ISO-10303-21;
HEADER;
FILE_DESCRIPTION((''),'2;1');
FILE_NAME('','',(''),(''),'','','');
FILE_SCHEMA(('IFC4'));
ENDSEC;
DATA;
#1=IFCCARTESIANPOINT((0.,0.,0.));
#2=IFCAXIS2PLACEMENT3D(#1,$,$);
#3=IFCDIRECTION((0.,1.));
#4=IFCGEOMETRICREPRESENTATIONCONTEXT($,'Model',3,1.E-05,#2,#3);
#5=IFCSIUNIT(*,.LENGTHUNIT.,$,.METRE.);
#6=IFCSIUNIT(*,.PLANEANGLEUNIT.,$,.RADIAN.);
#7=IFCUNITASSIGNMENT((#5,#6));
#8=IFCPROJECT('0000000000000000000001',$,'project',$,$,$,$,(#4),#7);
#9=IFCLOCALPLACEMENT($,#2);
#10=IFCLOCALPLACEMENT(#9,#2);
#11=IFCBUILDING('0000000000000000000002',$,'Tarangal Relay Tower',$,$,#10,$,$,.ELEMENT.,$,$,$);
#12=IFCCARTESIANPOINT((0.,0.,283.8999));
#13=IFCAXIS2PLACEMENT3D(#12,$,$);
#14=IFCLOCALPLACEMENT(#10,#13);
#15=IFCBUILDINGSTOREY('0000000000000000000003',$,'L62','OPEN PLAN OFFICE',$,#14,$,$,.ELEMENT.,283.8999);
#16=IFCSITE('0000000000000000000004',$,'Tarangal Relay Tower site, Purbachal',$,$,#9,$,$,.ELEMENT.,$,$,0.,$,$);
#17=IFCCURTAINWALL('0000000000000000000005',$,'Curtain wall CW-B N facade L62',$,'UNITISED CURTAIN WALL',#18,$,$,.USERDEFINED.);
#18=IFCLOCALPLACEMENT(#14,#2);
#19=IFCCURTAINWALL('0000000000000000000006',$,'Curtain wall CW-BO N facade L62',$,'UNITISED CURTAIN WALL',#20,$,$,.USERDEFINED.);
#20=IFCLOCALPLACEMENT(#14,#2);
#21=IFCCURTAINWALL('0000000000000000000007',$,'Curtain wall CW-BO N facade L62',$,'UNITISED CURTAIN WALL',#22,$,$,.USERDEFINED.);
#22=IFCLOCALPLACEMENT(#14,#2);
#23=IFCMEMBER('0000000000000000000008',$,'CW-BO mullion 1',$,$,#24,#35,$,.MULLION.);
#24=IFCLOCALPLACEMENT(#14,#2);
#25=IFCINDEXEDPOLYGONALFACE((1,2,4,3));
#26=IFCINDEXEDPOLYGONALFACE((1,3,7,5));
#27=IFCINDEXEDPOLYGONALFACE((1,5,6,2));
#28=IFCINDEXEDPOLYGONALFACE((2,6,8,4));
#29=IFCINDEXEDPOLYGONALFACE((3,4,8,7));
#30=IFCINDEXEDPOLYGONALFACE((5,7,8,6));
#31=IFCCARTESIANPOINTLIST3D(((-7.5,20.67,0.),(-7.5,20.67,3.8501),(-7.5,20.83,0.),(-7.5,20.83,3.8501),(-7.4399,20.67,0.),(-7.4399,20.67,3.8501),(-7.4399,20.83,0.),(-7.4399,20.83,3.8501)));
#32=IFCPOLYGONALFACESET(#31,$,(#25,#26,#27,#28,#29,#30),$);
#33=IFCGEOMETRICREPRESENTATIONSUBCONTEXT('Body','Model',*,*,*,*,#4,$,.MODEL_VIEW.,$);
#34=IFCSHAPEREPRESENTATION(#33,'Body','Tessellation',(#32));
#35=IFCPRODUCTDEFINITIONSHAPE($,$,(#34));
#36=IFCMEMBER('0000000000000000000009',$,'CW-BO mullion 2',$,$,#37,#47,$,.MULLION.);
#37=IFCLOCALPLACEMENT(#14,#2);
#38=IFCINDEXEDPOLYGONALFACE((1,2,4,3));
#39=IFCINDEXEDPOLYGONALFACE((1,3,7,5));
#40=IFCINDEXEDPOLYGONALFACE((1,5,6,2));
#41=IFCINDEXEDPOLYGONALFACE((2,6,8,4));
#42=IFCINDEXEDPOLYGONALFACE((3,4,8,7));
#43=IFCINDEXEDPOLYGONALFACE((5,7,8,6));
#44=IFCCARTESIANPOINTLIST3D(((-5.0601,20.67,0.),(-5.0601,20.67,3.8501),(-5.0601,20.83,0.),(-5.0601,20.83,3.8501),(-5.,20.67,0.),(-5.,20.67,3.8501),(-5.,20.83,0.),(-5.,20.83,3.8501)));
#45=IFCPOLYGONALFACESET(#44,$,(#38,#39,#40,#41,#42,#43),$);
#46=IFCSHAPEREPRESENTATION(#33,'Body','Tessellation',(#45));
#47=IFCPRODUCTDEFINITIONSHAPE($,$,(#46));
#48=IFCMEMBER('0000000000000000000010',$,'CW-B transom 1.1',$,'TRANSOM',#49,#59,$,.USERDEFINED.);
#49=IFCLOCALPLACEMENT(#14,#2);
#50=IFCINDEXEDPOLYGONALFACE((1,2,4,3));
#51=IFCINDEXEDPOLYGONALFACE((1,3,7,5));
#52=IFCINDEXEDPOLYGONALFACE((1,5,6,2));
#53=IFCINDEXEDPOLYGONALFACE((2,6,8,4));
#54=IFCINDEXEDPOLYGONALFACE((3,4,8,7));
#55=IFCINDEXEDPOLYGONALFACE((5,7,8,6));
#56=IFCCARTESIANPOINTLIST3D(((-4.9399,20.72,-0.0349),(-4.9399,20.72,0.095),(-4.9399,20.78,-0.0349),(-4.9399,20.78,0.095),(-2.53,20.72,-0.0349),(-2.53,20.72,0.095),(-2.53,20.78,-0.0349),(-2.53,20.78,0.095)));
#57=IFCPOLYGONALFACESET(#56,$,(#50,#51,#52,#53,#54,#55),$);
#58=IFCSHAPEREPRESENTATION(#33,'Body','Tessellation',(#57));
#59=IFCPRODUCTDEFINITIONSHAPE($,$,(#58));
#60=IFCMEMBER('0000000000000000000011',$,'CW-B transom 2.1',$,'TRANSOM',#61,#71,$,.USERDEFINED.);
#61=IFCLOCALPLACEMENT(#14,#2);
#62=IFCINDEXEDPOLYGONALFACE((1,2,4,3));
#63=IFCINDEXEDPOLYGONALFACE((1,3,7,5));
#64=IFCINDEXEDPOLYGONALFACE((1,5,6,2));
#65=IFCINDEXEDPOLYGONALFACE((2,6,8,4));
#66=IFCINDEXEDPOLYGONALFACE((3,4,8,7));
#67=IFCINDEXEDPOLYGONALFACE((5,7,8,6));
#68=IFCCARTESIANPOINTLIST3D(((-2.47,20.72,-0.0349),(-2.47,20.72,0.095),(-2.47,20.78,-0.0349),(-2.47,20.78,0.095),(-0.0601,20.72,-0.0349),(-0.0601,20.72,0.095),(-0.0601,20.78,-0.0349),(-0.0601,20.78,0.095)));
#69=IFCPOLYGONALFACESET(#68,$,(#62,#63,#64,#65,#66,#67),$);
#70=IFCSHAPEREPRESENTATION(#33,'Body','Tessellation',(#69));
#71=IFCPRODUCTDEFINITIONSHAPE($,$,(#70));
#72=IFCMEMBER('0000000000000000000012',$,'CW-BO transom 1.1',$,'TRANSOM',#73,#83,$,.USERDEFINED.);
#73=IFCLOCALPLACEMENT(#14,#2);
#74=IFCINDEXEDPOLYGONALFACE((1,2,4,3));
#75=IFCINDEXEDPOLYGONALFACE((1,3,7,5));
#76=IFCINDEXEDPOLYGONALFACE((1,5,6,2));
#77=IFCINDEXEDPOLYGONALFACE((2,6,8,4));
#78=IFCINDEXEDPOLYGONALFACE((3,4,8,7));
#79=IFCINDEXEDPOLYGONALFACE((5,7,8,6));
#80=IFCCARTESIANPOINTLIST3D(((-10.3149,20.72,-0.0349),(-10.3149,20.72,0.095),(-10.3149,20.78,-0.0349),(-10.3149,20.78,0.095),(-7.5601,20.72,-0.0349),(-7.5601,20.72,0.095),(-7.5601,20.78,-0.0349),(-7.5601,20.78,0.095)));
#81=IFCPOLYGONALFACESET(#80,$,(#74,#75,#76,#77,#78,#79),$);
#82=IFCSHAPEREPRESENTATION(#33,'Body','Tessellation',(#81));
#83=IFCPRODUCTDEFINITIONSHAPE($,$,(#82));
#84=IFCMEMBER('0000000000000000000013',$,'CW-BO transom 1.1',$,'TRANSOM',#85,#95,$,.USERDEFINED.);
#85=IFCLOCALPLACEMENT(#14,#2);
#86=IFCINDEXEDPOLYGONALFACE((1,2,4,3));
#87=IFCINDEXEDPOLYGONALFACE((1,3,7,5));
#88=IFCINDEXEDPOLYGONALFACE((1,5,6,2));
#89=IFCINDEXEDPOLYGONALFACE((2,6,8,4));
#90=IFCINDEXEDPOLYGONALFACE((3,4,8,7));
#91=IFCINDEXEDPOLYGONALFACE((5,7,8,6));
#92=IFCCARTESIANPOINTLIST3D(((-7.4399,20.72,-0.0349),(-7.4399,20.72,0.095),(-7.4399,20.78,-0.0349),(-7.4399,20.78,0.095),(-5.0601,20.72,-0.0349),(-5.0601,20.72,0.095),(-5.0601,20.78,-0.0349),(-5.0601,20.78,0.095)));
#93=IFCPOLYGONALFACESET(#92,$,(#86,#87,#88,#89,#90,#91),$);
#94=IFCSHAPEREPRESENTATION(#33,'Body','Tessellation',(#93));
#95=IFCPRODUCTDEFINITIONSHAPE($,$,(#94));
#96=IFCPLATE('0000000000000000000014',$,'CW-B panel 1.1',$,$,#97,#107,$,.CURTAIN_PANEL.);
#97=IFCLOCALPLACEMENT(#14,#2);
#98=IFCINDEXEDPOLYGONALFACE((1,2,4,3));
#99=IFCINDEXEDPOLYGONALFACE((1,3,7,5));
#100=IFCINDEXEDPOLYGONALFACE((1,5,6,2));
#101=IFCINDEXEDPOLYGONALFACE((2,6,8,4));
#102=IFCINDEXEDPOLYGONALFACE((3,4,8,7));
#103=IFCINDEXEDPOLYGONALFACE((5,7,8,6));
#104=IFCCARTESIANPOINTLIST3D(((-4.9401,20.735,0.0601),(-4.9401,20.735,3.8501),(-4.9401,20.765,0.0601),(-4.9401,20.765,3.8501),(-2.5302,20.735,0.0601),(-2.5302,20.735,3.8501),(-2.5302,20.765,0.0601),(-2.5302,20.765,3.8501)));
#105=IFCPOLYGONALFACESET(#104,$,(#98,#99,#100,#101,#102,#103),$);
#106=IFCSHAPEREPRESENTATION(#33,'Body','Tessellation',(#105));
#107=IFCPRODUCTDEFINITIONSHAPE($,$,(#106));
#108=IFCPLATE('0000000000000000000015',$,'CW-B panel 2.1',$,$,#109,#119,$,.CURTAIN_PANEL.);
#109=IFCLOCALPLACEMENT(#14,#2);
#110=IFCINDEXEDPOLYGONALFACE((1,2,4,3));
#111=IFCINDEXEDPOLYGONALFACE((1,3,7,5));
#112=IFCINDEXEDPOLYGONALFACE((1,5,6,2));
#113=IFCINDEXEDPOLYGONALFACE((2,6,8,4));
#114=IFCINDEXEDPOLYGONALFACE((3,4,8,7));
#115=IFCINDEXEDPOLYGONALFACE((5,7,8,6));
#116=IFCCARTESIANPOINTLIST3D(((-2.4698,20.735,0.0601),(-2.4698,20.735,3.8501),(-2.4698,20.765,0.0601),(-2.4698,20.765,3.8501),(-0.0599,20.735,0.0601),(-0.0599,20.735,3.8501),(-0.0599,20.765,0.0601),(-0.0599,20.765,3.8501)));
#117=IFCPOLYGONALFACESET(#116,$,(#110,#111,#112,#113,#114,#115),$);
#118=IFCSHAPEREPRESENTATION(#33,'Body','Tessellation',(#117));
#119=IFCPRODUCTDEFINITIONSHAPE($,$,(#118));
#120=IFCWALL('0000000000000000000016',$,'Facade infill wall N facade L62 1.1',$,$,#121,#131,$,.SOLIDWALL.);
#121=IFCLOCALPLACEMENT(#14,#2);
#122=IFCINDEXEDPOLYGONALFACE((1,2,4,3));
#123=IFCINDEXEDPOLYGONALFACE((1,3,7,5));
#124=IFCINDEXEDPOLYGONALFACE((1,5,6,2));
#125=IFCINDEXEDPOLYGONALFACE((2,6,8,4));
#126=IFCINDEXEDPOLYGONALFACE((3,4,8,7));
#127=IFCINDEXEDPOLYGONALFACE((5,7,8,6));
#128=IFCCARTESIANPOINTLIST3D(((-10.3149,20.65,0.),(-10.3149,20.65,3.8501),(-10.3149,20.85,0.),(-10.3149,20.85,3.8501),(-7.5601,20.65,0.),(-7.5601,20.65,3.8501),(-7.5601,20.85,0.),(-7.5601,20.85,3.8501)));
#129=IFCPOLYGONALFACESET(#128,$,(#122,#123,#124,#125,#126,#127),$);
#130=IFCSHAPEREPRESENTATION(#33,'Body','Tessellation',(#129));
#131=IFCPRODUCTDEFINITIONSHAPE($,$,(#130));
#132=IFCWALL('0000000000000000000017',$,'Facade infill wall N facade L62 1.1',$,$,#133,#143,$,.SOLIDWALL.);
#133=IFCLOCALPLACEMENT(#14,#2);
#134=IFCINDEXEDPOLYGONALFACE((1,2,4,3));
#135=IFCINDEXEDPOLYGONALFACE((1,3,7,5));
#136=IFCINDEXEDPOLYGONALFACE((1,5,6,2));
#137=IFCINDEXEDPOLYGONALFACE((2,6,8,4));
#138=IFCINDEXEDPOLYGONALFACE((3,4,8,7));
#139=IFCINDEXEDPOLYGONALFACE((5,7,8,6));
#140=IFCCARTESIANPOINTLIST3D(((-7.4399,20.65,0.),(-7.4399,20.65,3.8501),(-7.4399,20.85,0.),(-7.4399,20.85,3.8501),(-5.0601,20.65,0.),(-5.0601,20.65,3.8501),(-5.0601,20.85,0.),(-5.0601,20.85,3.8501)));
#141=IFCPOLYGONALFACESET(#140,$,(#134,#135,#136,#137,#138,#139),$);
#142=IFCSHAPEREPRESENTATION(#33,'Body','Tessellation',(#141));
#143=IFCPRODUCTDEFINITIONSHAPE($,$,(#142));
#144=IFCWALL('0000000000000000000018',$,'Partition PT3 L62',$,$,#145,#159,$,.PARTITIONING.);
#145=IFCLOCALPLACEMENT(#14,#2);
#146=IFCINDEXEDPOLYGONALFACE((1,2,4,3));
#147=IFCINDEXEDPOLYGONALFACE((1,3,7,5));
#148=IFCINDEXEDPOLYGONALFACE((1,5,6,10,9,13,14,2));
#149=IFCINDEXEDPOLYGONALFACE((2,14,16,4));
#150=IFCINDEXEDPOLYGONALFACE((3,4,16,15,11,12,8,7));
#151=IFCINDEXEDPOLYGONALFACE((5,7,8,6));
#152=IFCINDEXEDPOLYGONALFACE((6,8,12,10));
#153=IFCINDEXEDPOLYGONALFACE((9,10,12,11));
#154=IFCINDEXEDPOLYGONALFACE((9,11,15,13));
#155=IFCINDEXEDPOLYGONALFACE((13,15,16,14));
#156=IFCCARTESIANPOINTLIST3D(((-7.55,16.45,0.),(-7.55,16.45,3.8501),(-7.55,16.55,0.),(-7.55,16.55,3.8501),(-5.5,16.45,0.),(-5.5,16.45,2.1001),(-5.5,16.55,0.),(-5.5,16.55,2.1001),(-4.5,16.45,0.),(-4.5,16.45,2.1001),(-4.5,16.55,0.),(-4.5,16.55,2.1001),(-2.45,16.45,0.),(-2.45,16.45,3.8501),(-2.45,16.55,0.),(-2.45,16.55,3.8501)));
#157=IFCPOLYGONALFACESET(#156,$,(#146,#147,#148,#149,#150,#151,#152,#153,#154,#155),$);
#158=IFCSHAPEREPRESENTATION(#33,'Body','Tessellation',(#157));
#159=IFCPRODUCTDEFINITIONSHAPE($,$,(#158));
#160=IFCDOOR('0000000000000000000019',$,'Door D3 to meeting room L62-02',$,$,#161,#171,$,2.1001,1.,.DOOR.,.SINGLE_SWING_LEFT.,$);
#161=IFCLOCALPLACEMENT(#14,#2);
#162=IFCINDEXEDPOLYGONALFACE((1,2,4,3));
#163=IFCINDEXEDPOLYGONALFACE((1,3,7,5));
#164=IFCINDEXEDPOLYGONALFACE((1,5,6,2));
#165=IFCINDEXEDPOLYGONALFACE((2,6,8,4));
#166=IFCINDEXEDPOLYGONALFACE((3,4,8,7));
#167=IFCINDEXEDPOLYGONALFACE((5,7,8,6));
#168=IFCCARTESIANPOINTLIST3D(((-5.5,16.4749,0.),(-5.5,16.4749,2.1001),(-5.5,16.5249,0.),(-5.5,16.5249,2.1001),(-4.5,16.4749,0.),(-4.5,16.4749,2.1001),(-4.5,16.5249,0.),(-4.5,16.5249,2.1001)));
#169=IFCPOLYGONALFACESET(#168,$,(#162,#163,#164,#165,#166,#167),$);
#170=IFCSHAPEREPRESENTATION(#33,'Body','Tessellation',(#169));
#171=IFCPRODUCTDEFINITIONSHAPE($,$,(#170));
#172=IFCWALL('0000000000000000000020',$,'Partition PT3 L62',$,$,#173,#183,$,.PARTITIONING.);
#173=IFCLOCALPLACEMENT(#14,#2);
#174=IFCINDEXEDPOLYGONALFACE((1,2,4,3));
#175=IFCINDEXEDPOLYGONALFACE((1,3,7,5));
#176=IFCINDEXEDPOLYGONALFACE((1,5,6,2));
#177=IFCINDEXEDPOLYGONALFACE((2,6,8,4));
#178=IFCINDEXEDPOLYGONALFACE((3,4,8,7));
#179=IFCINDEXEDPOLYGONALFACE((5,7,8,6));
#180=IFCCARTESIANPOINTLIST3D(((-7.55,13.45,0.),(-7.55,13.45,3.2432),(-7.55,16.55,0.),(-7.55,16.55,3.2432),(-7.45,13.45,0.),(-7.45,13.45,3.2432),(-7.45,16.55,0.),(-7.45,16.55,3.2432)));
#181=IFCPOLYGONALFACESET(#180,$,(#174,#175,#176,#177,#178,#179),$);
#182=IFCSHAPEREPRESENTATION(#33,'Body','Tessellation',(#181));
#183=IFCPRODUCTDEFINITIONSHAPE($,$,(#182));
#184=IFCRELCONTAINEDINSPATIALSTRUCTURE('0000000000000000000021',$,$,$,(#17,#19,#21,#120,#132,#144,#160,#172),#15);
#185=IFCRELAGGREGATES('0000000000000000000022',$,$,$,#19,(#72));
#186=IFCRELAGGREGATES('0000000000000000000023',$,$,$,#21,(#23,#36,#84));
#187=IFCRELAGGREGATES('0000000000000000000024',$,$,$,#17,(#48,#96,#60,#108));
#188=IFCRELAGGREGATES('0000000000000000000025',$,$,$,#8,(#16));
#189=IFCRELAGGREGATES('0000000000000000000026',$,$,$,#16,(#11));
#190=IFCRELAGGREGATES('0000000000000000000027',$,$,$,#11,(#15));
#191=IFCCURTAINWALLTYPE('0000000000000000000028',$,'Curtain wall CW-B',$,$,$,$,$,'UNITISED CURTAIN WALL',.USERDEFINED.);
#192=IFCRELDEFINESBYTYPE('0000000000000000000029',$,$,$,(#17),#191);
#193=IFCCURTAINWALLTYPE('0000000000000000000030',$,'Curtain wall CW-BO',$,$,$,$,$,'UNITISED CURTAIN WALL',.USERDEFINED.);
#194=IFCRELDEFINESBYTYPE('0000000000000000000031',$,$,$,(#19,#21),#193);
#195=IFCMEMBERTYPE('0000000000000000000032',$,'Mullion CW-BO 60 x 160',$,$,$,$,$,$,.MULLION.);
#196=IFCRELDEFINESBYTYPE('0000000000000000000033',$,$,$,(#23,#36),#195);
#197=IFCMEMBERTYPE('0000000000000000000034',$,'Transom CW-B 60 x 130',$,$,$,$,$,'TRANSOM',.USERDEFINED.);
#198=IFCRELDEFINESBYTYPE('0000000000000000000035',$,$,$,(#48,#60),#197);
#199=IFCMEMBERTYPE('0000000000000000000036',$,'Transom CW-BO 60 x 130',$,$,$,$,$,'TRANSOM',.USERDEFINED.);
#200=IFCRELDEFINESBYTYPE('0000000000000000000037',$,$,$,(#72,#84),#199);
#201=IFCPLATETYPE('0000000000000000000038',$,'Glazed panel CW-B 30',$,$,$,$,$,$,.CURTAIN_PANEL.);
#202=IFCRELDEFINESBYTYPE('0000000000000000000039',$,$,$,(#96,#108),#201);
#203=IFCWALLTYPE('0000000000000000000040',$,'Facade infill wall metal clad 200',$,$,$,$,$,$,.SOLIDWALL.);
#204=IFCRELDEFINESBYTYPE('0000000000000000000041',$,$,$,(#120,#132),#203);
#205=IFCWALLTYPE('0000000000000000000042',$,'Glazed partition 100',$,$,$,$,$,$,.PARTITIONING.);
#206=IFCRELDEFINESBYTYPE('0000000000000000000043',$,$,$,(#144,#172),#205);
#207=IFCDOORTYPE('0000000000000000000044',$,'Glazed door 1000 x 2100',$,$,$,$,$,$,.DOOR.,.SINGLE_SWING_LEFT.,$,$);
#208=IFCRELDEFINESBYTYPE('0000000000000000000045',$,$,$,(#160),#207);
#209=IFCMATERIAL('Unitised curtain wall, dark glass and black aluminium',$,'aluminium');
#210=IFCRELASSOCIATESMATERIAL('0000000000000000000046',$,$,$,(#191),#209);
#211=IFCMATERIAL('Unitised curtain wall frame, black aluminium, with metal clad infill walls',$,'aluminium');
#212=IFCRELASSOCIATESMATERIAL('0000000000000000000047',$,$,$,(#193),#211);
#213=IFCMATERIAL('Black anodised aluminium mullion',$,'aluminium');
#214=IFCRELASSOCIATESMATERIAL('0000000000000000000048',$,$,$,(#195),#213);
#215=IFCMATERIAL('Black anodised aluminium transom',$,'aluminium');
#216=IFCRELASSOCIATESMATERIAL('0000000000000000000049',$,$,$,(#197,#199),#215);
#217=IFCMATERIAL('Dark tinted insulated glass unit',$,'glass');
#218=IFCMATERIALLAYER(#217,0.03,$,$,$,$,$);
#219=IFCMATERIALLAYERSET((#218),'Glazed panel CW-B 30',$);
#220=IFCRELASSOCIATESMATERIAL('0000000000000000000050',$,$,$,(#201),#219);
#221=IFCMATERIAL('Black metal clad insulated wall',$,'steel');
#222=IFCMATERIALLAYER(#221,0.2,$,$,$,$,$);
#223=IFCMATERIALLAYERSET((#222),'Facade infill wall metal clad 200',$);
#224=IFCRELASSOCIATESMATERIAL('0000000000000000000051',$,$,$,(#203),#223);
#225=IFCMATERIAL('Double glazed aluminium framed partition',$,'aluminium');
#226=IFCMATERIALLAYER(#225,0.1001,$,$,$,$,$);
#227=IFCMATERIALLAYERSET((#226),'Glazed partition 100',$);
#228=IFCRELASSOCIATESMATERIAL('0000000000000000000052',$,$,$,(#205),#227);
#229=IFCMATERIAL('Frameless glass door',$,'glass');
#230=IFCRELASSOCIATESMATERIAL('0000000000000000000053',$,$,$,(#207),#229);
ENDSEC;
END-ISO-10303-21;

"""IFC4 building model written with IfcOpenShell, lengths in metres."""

from ifc_helpers import new_model, si_unit, direction, frame, frame_2d, origin, origin_2d, place, context, subcontext, project, spatial, rectangle, extrude, material, layer, layer_set, material_profile, profile_set, type_object, element, fill, aggregate, save


model = new_model("IFC4")

# Units and contexts
model_context = context("Model", 3, precision=1e-05, world=origin(), true_north=direction((0.0, 1.0)))
body_context = subcontext(model_context, "Body", "Model", "MODEL_VIEW")
ifc_project = project(units=[si_unit("LENGTHUNIT", "METRE"), si_unit("PLANEANGLEUNIT", "RADIAN")], contexts=[model_context])

# Site, building, storey
site_placement = place(None, origin())
site = spatial("IfcSite", under=ifc_project, at=site_placement, Name="Tarangal Relay Tower site, Purbachal", CompositionType="ELEMENT", RefElevation=0.0)
building_placement = place(site_placement, origin())
building = spatial("IfcBuilding", under=site, at=building_placement, Name="Tarangal Relay Tower", CompositionType="ELEMENT")
storey_placement = place(building_placement, frame((0.0, 0.0, 283.8999)))
storey = spatial("IfcBuildingStorey", under=building, at=storey_placement, Name="L62", Description="OPEN PLAN OFFICE", CompositionType="ELEMENT", Elevation=283.8999)

# Curtain walls, members
ifc_material_1 = material(Name="Unitised curtain wall, dark glass and black aluminium", Category="aluminium")
curtain_wall_type_1 = type_object("IfcCurtainWallType", Name="Curtain wall CW-B", ElementType="UNITISED CURTAIN WALL", PredefinedType="USERDEFINED", material=ifc_material_1)
curtain_wall_1_placement = place(storey_placement, origin())
curtain_wall_1 = element("IfcCurtainWall", 1, at=curtain_wall_1_placement, inside=storey, type_object=curtain_wall_type_1, Name="Curtain wall CW-B N facade L62", ObjectType="UNITISED CURTAIN WALL", PredefinedType="USERDEFINED")
ifc_material_2 = material(Name="Black anodised aluminium mullion", Category="aluminium")
ifc_material_3 = material(Name="Unitised curtain wall frame, black aluminium, with metal clad infill walls", Category="aluminium")
curtain_wall_type_2 = type_object("IfcCurtainWallType", Name="Curtain wall CW-BO", ElementType="UNITISED CURTAIN WALL", PredefinedType="USERDEFINED", material=ifc_material_3)
curtain_wall_2_placement = place(storey_placement, origin())
curtain_wall_2 = element("IfcCurtainWall", 2, at=curtain_wall_2_placement, inside=storey, type_object=curtain_wall_type_2, Name="Curtain wall CW-BO N facade L62", ObjectType="UNITISED CURTAIN WALL", PredefinedType="USERDEFINED")
ifc_material_profile_1 = material_profile(ifc_material_2, rectangle(XDim=0.1599, YDim=0.0601, at=origin_2d()), Name="CW-BOM 60X160")
ifc_profile_set_1 = profile_set([ifc_material_profile_1], Name="Black anodised aluminium mullion")
member_type_1 = type_object("IfcMemberType", Name="Mullion CW-BO 60 x 160", PredefinedType="MULLION", material=ifc_profile_set_1)
curtain_wall_3_placement = place(storey_placement, origin())
curtain_wall_3 = element("IfcCurtainWall", 3, at=curtain_wall_3_placement, inside=storey, type_object=curtain_wall_type_2, Name="Curtain wall CW-BO N facade L62", ObjectType="UNITISED CURTAIN WALL", PredefinedType="USERDEFINED")
member_1_placement = place(storey_placement, frame((-7.47, 20.75, 0.0), z_axis=(0.0, 0.0, 1.0), x_axis=(0.0, 1.0, 0.0)))
member_1 = element("IfcMember", 4, at=member_1_placement, type_object=member_type_1, Name="CW-BO mullion 1", PredefinedType="MULLION", context=body_context, shape_type="SweptSolid", body=[
    extrude(rectangle(XDim=0.1599, YDim=0.0601, at=origin_2d()), origin(), (0.0, 0.0, 1.0), 3.8501),
])
member_2_placement = place(storey_placement, frame((-5.03, 20.75, 0.0), z_axis=(0.0, 0.0, 1.0), x_axis=(0.0, 1.0, 0.0)))
member_2 = element("IfcMember", 5, at=member_2_placement, type_object=member_type_1, Name="CW-BO mullion 2", PredefinedType="MULLION", context=body_context, shape_type="SweptSolid", body=[
    extrude(rectangle(XDim=0.1599, YDim=0.0601, at=origin_2d()), origin(), (0.0, 0.0, 1.0), 3.8501),
])

# Members
ifc_material_4 = material(Name="Black anodised aluminium transom", Category="aluminium")
ifc_material_profile_2 = material_profile(ifc_material_4, rectangle(XDim=0.0601, YDim=0.1299, at=origin_2d()), Name="CW-BT 60X130")
ifc_profile_set_2 = profile_set([ifc_material_profile_2], Name="Black anodised aluminium transom")
member_type_2 = type_object("IfcMemberType", Name="Transom CW-B 60 x 130", ElementType="TRANSOM", PredefinedType="USERDEFINED", material=ifc_profile_set_2)
member_3_placement = place(storey_placement, frame((-4.9399, 20.75, 0.03), z_axis=(1.0, 0.0, 0.0), x_axis=(0.0, 1.0, 0.0)))
member_3 = element("IfcMember", 6, at=member_3_placement, type_object=member_type_2, Name="CW-B transom 1.1", ObjectType="TRANSOM", PredefinedType="USERDEFINED", context=body_context, shape_type="SweptSolid", body=[
    extrude(rectangle(XDim=0.0601, YDim=0.1299, at=origin_2d()), origin(), (0.0, 0.0, 1.0), 2.4099),
])
member_4_placement = place(storey_placement, frame((-2.47, 20.75, 0.03), z_axis=(1.0, 0.0, 0.0), x_axis=(0.0, 1.0, 0.0)))
member_4 = element("IfcMember", 7, at=member_4_placement, type_object=member_type_2, Name="CW-B transom 2.1", ObjectType="TRANSOM", PredefinedType="USERDEFINED", context=body_context, shape_type="SweptSolid", body=[
    extrude(rectangle(XDim=0.0601, YDim=0.1299, at=origin_2d()), origin(), (0.0, 0.0, 1.0), 2.4099),
])
ifc_material_profile_3 = material_profile(ifc_material_4, rectangle(XDim=0.0601, YDim=0.1299, at=origin_2d()), Name="CW-BOT 60X130")
ifc_profile_set_3 = profile_set([ifc_material_profile_3], Name="Black anodised aluminium transom")
member_type_3 = type_object("IfcMemberType", Name="Transom CW-BO 60 x 130", ElementType="TRANSOM", PredefinedType="USERDEFINED", material=ifc_profile_set_3)
member_5_placement = place(storey_placement, frame((-10.3149, 20.75, 0.03), z_axis=(1.0, 0.0, 0.0), x_axis=(0.0, 1.0, 0.0)))
member_5 = element("IfcMember", 8, at=member_5_placement, type_object=member_type_3, Name="CW-BO transom 1.1", ObjectType="TRANSOM", PredefinedType="USERDEFINED", context=body_context, shape_type="SweptSolid", body=[
    extrude(rectangle(XDim=0.0601, YDim=0.1299, at=origin_2d()), origin(), (0.0, 0.0, 1.0), 2.7549),
])
aggregate(curtain_wall_2, [member_5])
member_6_placement = place(storey_placement, frame((-7.4399, 20.75, 0.03), z_axis=(1.0, 0.0, 0.0), x_axis=(0.0, 1.0, 0.0)))
member_6 = element("IfcMember", 9, at=member_6_placement, type_object=member_type_3, Name="CW-BO transom 1.1", ObjectType="TRANSOM", PredefinedType="USERDEFINED", context=body_context, shape_type="SweptSolid", body=[
    extrude(rectangle(XDim=0.0601, YDim=0.1299, at=origin_2d()), origin(), (0.0, 0.0, 1.0), 2.3799),
])
aggregate(curtain_wall_3, [member_1, member_2, member_6])

# Plates
ifc_material_5 = material(Name="Dark tinted insulated glass unit", Category="glass")
ifc_layer_1 = layer(ifc_material_5, 0.03)
ifc_layer_set_1 = layer_set([ifc_layer_1], Name="Glazed panel CW-B 30")
plate_type = type_object("IfcPlateType", Name="Glazed panel CW-B 30", PredefinedType="CURTAIN_PANEL", material=ifc_layer_set_1)
plate_1_placement = place(storey_placement, frame((-3.7351, 20.75, 0.0601), z_axis=(0.0, 0.0, 1.0), x_axis=(1.0, 0.0, 0.0)))
plate_1 = element("IfcPlate", 10, at=plate_1_placement, type_object=plate_type, Name="CW-B panel 1.1", PredefinedType="CURTAIN_PANEL", context=body_context, shape_type="SweptSolid", body=[
    extrude(rectangle(XDim=2.4099, YDim=0.03, at=origin_2d()), origin(), (0.0, 0.0, 1.0), 3.79),
])
plate_2_placement = place(storey_placement, frame((-1.2649, 20.75, 0.0601), z_axis=(0.0, 0.0, 1.0), x_axis=(1.0, 0.0, 0.0)))
plate_2 = element("IfcPlate", 11, at=plate_2_placement, type_object=plate_type, Name="CW-B panel 2.1", PredefinedType="CURTAIN_PANEL", context=body_context, shape_type="SweptSolid", body=[
    extrude(rectangle(XDim=2.4099, YDim=0.03, at=origin_2d()), origin(), (0.0, 0.0, 1.0), 3.79),
])
aggregate(curtain_wall_1, [member_3, plate_1, member_4, plate_2])

# Walls
ifc_material_6 = material(Name="Black metal clad insulated wall", Category="steel")
ifc_layer_2 = layer(ifc_material_6, 0.2)
ifc_layer_set_2 = layer_set([ifc_layer_2], Name="Facade infill wall metal clad 200")
wall_type_1 = type_object("IfcWallType", Name="Facade infill wall metal clad 200", PredefinedType="SOLIDWALL", material=ifc_layer_set_2)
wall_1_placement = place(storey_placement, frame((-10.3149, 20.75, 0.0), z_axis=(0.0, 0.0, 1.0), x_axis=(1.0, 0.0, 0.0)))
element("IfcWall", 12, at=wall_1_placement, inside=storey, type_object=wall_type_1, Name="Facade infill wall N facade L62 1.1", PredefinedType="SOLIDWALL", context=body_context, shape_type="SweptSolid", body=[
    extrude(rectangle(XDim=2.7549, YDim=0.2, at=frame_2d((1.3774, 0.0))), origin(), (0.0, 0.0, 1.0), 3.8501),
])
wall_2_placement = place(storey_placement, frame((-7.4399, 20.75, 0.0), z_axis=(0.0, 0.0, 1.0), x_axis=(1.0, 0.0, 0.0)))
element("IfcWall", 13, at=wall_2_placement, inside=storey, type_object=wall_type_1, Name="Facade infill wall N facade L62 1.1", PredefinedType="SOLIDWALL", context=body_context, shape_type="SweptSolid", body=[
    extrude(rectangle(XDim=2.3799, YDim=0.2, at=frame_2d((1.1899, 0.0))), origin(), (0.0, 0.0, 1.0), 3.8501),
])

# Wall, opening, door
ifc_material_7 = material(Name="Double glazed aluminium framed partition", Category="aluminium")
ifc_layer_3 = layer(ifc_material_7, 0.1001)
ifc_layer_set_3 = layer_set([ifc_layer_3], Name="Glazed partition 100")
wall_type_2 = type_object("IfcWallType", Name="Glazed partition 100", PredefinedType="PARTITIONING", material=ifc_layer_set_3)
wall_3_placement = place(storey_placement, frame((-7.55, 16.5, 0.0), z_axis=(0.0, 0.0, 1.0), x_axis=(1.0, 0.0, 0.0)))
wall_3 = element("IfcWall", 14, at=wall_3_placement, inside=storey, type_object=wall_type_2, Name="Partition PT3 L62", PredefinedType="PARTITIONING", context=body_context, shape_type="SweptSolid", body=[
    extrude(rectangle(XDim=5.1001, YDim=0.1001, at=frame_2d((2.55, 0.0))), origin(), (0.0, 0.0, 1.0), 3.8501),
])
opening_placement = place(wall_3_placement, frame((2.05, 0.0, 0.0)))
opening = element("IfcOpeningElement", 15, at=opening_placement, cuts=wall_3, PredefinedType="OPENING", context=body_context, shape_type="SweptSolid", body=[
    extrude(rectangle(XDim=1.0, YDim=2.1001, at=frame_2d((0.5, 1.05))), frame((0.0, 0.0601, 0.0), z_axis=(0.0, -1.0, 0.0), x_axis=(1.0, 0.0, 0.0)), (0.0, 0.0, 1.0), 0.1201),
])
ifc_material_8 = material(Name="Frameless glass door", Category="glass")
door_type = type_object("IfcDoorType", Name="Glazed door 1000 x 2100", OperationType="SINGLE_SWING_LEFT", PredefinedType="DOOR", material=ifc_material_8)
door_placement = place(opening_placement, origin())
door = element("IfcDoor", 16, at=door_placement, inside=storey, type_object=door_type, Name="Door D3 to meeting room L62-02", OperationType="SINGLE_SWING_LEFT", OverallHeight=2.1001, OverallWidth=1.0, PredefinedType="DOOR", context=body_context, shape_type="SweptSolid", body=[
    extrude(rectangle(XDim=1.0, YDim=2.1001, at=frame_2d((0.5, 1.05))), frame((0.0, 0.0249, 0.0), z_axis=(0.0, -1.0, 0.0), x_axis=(1.0, 0.0, 0.0)), (0.0, 0.0, 1.0), 0.05),
])
fill(opening, door)

# Wall
wall_4_placement = place(storey_placement, frame((-7.5, 13.45, 0.0), z_axis=(0.0, 0.0, 1.0), x_axis=(0.0, 1.0, 0.0)))
element("IfcWall", 17, at=wall_4_placement, inside=storey, type_object=wall_type_2, Name="Partition PT3 L62", PredefinedType="PARTITIONING", context=body_context, shape_type="SweptSolid", body=[
    extrude(rectangle(XDim=3.1001, YDim=0.1001, at=frame_2d((1.55, 0.0))), origin(), (0.0, 0.0, 1.0), 3.2432),
])

save(model, "model.ifc")
